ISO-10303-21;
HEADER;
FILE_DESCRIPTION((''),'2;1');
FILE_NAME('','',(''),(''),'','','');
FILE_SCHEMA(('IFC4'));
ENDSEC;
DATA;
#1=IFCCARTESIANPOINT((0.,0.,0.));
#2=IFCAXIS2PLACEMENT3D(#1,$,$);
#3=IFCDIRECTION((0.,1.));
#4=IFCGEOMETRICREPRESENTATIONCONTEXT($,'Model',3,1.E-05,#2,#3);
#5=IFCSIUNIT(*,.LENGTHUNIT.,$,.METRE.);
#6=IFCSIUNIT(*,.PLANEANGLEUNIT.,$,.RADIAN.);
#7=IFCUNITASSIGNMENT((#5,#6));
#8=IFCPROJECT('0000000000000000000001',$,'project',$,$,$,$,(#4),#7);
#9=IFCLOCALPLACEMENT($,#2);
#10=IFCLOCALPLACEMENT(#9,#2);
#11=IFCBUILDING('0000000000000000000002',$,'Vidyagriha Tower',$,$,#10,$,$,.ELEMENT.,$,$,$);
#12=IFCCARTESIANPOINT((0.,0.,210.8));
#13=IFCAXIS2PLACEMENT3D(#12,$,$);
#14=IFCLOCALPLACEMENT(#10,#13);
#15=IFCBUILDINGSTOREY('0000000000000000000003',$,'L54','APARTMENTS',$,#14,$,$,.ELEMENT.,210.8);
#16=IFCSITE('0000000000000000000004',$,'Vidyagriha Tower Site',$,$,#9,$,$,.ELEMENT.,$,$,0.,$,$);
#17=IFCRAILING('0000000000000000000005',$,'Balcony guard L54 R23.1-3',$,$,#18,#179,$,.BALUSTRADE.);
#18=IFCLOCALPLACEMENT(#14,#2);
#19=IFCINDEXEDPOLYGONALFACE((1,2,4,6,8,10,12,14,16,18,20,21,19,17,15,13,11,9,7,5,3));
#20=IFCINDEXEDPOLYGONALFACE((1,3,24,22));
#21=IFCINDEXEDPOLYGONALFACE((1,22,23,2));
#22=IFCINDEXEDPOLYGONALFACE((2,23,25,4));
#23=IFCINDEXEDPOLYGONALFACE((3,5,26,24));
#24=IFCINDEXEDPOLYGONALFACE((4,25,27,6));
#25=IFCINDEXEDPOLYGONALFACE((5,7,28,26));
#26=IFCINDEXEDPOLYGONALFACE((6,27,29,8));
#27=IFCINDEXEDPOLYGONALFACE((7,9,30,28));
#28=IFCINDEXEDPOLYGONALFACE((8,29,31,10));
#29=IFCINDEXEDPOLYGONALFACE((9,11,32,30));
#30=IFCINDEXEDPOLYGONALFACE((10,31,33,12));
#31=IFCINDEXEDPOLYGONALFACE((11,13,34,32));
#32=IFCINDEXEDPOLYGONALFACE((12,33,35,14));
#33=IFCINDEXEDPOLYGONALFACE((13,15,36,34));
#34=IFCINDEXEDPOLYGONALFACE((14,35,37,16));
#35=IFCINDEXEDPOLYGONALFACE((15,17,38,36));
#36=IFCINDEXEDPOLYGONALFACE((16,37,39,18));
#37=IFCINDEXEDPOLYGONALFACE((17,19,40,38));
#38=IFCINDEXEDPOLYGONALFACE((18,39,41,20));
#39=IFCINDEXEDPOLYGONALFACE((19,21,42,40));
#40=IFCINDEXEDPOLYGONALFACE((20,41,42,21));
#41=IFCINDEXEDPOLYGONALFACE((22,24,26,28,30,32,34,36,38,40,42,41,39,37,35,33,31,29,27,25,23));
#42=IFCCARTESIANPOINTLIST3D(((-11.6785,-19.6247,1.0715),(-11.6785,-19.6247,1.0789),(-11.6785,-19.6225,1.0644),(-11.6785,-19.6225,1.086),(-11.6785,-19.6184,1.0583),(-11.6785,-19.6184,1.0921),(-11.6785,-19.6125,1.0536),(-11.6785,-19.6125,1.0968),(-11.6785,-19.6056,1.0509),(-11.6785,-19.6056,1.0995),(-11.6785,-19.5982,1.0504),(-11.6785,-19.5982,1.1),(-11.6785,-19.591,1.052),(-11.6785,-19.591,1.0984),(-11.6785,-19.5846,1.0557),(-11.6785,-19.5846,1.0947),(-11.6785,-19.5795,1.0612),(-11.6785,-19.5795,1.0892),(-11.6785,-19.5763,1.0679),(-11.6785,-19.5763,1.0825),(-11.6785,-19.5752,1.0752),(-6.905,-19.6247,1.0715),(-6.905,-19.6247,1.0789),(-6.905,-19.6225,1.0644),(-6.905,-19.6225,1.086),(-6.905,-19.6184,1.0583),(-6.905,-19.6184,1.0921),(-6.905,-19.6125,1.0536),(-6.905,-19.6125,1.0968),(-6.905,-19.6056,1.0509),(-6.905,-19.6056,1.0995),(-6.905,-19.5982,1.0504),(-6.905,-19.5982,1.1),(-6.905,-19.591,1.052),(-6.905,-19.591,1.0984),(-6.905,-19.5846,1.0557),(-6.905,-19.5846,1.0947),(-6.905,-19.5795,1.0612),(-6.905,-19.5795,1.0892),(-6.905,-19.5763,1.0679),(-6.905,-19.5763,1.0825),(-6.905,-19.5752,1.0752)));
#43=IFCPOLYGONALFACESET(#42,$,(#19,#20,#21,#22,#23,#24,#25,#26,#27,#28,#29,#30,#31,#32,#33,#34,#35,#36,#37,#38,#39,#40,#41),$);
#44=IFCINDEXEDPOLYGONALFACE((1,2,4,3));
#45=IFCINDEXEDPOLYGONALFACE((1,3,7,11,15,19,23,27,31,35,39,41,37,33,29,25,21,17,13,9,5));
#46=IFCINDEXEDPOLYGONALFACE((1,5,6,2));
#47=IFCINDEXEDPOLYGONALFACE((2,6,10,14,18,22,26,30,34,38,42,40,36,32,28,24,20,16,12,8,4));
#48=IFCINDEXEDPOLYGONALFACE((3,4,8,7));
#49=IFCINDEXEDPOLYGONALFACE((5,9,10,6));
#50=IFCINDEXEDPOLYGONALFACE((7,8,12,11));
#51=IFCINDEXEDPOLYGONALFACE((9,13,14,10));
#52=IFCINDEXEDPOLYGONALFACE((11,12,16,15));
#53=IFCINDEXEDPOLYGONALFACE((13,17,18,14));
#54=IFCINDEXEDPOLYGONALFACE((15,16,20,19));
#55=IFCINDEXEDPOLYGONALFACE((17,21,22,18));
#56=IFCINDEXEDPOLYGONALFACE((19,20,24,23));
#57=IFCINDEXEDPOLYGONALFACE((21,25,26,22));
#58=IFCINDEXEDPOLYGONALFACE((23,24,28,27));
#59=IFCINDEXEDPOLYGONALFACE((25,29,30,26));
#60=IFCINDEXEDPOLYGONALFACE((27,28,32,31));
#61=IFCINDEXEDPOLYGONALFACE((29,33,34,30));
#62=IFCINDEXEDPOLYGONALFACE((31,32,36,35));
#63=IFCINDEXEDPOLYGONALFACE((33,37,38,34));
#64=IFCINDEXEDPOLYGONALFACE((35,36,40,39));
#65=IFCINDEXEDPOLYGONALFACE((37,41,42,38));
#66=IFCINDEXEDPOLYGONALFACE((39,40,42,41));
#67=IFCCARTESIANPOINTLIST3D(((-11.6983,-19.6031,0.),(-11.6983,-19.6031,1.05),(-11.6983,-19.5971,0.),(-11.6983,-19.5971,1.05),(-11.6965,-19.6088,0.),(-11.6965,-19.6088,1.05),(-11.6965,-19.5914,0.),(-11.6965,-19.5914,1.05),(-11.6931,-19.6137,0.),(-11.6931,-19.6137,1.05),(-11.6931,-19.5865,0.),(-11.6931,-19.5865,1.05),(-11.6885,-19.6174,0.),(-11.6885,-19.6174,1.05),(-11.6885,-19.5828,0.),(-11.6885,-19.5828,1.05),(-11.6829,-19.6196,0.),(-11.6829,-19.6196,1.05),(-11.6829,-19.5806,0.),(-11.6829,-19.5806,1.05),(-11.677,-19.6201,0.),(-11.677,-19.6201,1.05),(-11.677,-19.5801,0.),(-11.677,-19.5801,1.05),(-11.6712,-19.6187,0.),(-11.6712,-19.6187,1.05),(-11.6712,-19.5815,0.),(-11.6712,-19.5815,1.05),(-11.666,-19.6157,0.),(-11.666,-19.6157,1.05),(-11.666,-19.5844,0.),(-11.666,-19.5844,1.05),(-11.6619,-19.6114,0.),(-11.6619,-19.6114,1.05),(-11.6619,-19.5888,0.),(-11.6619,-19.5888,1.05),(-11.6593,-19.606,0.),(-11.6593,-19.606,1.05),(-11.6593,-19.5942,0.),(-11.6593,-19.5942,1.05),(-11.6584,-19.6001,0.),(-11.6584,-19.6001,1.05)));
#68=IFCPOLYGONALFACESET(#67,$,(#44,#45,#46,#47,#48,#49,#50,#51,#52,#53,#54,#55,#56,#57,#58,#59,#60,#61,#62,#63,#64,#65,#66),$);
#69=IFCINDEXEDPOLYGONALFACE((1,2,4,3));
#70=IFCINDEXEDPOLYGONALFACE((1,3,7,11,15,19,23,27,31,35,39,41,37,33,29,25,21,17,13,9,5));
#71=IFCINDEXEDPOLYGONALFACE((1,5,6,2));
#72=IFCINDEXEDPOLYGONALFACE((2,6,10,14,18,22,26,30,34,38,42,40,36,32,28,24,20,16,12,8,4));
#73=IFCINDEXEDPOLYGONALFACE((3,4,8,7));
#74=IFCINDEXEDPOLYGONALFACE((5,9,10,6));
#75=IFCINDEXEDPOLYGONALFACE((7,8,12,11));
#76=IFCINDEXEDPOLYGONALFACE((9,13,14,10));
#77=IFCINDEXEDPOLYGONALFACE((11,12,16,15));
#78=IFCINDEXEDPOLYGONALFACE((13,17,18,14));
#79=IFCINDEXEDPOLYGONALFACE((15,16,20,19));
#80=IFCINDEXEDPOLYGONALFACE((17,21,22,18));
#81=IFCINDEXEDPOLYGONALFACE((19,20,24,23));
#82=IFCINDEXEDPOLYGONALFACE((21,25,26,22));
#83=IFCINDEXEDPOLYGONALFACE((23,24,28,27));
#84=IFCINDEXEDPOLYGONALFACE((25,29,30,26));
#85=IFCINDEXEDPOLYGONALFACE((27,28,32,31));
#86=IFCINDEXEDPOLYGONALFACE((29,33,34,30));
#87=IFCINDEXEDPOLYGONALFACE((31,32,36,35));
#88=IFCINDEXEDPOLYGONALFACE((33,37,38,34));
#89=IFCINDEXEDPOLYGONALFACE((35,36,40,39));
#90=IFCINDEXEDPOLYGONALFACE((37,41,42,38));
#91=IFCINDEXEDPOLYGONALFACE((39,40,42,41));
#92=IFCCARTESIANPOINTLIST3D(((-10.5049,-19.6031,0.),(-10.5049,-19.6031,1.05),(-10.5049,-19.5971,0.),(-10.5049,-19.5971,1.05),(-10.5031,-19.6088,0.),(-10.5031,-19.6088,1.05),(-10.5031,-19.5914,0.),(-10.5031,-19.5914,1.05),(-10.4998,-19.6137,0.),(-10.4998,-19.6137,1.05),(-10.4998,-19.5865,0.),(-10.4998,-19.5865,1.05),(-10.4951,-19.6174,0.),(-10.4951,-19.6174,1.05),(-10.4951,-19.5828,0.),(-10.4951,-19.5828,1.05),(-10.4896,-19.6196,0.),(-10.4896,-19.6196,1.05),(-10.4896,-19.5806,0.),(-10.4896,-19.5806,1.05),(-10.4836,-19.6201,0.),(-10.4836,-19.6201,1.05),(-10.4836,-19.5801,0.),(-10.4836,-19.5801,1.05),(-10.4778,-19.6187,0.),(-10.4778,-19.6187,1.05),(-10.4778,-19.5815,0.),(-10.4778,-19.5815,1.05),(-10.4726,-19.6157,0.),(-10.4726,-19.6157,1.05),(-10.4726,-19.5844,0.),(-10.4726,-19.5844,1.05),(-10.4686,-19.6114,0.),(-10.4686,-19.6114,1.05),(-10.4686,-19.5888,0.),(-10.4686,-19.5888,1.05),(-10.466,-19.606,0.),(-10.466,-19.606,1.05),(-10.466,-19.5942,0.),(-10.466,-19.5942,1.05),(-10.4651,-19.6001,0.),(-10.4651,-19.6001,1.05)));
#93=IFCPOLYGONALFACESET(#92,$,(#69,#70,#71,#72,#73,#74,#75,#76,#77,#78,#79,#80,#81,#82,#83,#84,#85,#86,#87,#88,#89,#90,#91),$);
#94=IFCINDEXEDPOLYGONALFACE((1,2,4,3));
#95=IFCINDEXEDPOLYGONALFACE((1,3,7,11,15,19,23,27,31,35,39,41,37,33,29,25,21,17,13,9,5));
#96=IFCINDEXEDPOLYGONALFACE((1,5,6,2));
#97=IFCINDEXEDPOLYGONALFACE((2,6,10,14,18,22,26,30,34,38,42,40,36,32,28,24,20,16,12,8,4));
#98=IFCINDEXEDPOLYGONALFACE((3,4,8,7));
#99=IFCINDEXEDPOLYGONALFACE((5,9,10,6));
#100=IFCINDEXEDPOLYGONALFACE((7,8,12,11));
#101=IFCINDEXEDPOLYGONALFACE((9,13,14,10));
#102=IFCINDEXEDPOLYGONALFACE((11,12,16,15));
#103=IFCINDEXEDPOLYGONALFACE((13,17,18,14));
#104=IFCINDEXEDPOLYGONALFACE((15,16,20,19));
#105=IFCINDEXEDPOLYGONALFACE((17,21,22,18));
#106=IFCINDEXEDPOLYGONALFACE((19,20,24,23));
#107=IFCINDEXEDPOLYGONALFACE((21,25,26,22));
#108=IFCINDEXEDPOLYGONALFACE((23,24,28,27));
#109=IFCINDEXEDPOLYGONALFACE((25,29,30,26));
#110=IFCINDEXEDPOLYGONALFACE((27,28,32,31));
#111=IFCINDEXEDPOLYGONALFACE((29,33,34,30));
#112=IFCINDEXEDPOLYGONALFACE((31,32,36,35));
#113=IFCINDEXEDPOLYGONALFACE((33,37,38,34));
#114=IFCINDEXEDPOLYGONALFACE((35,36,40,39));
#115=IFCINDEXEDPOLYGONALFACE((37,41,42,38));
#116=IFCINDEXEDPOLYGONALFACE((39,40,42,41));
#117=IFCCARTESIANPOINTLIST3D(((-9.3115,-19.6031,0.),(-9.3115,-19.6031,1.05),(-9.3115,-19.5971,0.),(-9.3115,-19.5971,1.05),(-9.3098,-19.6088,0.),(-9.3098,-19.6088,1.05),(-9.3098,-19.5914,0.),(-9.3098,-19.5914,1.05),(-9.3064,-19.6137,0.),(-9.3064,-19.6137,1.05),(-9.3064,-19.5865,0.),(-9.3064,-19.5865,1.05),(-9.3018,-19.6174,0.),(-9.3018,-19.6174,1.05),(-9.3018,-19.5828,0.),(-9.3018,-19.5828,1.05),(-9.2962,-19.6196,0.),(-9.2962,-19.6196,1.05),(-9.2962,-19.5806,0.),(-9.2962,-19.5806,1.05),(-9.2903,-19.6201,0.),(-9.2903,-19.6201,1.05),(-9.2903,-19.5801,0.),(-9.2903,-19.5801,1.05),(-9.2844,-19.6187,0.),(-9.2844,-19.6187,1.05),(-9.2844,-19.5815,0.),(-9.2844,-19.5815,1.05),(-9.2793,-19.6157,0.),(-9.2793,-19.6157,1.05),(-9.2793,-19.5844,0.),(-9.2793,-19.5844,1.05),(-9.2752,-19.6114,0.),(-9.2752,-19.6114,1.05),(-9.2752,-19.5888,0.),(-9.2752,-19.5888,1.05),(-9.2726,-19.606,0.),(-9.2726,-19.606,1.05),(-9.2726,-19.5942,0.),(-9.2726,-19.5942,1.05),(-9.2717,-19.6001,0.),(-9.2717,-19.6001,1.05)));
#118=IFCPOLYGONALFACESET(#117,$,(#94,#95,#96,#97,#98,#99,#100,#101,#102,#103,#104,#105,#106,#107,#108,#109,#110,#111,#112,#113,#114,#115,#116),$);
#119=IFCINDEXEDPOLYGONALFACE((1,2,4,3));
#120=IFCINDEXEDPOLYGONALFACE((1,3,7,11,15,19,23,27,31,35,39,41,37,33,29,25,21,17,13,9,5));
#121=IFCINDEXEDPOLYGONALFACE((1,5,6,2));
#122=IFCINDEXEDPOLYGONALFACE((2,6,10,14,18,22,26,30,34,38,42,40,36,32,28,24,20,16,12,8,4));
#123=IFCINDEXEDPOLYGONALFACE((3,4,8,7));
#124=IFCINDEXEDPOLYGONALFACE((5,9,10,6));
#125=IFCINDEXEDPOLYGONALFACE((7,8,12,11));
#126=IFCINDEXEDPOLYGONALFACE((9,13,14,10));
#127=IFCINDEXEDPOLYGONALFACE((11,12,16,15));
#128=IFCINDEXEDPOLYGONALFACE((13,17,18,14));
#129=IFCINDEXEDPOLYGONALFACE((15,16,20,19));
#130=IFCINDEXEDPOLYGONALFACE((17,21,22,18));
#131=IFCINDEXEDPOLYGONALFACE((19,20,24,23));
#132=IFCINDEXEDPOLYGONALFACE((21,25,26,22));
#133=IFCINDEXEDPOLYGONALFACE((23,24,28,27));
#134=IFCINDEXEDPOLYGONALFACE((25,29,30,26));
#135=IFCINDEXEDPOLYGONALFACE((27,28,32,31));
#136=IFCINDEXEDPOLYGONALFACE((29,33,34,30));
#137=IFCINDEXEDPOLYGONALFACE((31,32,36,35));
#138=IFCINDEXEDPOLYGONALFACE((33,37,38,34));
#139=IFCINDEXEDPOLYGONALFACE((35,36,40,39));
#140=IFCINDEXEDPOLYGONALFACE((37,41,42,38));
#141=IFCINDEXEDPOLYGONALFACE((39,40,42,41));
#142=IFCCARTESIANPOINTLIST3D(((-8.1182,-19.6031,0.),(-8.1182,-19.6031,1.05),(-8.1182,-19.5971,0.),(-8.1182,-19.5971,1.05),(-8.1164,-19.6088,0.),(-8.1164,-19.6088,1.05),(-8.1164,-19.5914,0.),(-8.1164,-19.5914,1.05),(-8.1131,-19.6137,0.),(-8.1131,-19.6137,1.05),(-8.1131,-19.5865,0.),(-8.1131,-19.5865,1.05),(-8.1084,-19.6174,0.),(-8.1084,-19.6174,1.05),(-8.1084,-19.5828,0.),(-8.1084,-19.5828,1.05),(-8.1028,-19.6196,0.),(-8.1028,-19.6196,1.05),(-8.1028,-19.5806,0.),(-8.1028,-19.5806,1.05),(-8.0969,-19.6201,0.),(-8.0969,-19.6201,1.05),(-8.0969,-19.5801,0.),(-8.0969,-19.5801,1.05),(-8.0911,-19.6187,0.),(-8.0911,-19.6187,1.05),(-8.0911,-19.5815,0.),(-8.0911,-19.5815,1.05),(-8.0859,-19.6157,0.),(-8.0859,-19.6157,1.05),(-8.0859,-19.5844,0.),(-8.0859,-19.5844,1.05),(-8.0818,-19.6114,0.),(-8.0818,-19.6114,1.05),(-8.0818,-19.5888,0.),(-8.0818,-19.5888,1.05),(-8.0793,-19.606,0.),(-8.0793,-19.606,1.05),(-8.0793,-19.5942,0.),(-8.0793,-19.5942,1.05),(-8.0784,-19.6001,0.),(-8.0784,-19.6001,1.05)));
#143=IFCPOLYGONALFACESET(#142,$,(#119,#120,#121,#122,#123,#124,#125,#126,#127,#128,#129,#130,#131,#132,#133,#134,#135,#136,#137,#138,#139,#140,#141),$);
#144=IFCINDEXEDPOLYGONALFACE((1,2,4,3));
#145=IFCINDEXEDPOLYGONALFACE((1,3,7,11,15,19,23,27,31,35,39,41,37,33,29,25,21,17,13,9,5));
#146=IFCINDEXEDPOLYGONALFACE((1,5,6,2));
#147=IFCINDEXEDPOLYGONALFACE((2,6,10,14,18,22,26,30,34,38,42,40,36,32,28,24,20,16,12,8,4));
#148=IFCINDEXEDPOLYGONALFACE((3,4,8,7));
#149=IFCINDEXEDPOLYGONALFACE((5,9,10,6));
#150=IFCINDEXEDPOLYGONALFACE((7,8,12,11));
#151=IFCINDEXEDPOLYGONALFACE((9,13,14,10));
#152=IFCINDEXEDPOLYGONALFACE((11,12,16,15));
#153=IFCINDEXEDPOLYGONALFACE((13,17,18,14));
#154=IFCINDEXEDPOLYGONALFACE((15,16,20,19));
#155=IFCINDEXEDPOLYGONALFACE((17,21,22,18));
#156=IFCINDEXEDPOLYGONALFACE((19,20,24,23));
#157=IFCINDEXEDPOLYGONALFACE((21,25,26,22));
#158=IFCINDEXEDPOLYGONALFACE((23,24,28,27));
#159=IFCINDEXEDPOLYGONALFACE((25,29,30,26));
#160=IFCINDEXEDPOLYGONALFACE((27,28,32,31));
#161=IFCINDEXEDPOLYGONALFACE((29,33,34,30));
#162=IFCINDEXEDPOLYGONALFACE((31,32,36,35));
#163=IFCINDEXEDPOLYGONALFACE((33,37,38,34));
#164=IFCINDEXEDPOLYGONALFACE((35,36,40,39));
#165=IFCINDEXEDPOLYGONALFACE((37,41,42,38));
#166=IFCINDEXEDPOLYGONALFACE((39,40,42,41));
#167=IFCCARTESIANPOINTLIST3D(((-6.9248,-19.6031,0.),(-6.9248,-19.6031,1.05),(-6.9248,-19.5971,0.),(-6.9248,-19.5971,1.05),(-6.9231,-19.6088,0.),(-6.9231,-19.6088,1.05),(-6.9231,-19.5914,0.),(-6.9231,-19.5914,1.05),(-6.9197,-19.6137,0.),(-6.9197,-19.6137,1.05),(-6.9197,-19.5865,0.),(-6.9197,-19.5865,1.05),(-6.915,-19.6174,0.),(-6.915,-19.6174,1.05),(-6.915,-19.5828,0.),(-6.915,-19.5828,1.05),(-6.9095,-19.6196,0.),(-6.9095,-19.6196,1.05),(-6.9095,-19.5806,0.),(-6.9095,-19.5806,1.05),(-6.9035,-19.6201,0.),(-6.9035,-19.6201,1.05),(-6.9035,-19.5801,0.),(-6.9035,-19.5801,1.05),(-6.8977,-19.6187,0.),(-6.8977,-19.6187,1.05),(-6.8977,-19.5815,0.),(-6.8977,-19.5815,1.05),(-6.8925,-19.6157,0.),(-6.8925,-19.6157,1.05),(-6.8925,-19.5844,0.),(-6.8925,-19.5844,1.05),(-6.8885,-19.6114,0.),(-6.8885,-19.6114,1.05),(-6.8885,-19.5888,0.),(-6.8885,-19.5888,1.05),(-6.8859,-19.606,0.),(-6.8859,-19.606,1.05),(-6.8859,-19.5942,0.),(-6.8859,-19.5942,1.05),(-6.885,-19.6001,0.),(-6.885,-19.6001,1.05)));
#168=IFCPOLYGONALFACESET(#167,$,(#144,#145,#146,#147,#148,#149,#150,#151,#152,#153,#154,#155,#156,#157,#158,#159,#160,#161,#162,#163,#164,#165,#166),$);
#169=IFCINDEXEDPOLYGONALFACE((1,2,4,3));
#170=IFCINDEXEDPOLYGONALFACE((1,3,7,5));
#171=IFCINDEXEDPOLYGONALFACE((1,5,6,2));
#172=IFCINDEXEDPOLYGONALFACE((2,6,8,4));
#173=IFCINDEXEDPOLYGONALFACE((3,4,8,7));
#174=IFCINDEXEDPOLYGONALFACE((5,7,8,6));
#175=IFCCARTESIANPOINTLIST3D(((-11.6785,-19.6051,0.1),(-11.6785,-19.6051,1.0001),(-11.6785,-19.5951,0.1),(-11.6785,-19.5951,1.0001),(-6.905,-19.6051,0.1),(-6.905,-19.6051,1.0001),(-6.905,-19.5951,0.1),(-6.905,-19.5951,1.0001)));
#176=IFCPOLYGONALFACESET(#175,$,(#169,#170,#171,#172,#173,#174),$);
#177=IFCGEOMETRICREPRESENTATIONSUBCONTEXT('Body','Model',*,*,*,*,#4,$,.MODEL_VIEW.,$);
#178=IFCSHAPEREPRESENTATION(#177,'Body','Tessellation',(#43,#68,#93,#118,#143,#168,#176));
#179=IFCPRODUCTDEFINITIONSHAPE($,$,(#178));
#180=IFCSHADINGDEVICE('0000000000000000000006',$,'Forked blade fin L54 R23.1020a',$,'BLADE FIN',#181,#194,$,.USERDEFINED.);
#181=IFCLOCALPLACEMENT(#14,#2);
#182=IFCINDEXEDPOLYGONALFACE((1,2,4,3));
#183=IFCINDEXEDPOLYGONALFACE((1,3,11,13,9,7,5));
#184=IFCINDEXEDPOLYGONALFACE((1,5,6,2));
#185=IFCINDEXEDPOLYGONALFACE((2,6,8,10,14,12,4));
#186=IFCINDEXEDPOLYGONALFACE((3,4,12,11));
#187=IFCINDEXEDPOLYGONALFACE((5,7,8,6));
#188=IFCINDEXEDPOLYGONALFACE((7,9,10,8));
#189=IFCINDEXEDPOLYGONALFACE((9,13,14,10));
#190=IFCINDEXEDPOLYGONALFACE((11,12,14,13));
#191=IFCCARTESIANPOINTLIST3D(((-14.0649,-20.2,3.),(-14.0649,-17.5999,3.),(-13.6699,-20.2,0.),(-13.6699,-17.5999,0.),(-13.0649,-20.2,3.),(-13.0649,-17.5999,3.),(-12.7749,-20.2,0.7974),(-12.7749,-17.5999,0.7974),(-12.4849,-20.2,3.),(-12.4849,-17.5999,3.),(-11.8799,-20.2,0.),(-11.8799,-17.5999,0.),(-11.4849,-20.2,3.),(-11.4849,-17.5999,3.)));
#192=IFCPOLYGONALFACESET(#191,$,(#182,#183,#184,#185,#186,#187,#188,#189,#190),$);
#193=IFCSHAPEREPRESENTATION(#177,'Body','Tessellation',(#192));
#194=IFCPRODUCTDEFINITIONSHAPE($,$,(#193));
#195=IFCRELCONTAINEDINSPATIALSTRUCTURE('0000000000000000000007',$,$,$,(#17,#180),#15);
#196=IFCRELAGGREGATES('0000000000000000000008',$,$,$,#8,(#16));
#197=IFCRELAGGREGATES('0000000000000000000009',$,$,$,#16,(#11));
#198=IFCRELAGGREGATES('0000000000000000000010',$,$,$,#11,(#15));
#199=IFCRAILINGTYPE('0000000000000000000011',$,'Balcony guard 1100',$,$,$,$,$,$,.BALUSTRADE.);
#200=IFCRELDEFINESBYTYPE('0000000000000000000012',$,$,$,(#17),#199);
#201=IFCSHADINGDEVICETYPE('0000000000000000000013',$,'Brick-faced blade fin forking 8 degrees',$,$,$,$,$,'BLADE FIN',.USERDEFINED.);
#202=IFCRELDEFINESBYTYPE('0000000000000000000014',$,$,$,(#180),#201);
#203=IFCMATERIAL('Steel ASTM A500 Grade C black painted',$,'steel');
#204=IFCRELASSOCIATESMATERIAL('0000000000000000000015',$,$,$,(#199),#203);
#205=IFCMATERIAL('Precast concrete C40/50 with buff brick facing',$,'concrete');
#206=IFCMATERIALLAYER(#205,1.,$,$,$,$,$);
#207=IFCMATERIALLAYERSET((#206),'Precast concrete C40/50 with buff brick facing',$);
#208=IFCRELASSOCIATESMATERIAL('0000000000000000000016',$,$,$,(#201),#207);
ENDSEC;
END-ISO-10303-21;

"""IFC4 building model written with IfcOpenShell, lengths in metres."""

from ifc_helpers import new_model, si_unit, direction, frame, origin, origin_2d, place, context, subcontext, project, spatial, polyline, rectangle, circle, outline, extrude, material, layer, layer_set, type_object, element, save


model = new_model("IFC4")

# Units and contexts
model_context = context("Model", 3, precision=1e-05, world=origin(), true_north=direction((0.0, 1.0)))
body_context = subcontext(model_context, "Body", "Model", "MODEL_VIEW")
ifc_project = project(units=[si_unit("LENGTHUNIT", "METRE"), si_unit("PLANEANGLEUNIT", "RADIAN")], contexts=[model_context])

# Site, building, storey
site_placement = place(None, origin())
site = spatial("IfcSite", under=ifc_project, at=site_placement, Name="Vidyagriha Tower Site", CompositionType="ELEMENT", RefElevation=0.0)
building_placement = place(site_placement, origin())
building = spatial("IfcBuilding", under=site, at=building_placement, Name="Vidyagriha Tower", CompositionType="ELEMENT")
storey_placement = place(building_placement, frame((0.0, 0.0, 210.8)))
storey = spatial("IfcBuildingStorey", under=building, at=storey_placement, Name="L54", Description="APARTMENTS", CompositionType="ELEMENT", Elevation=210.8)

# Railing
ifc_material_1 = material(Name="Steel ASTM A500 Grade C black painted", Category="steel")
railing_type = type_object("IfcRailingType", Name="Balcony guard 1100", PredefinedType="BALUSTRADE", material=ifc_material_1)
railing_1_placement = place(storey_placement, frame((-11.6785, -19.6001, 0.0)))
element("IfcRailing", 1, at=railing_1_placement, inside=storey, type_object=railing_type, Name="Balcony guard L54 R23.1-3", PredefinedType="BALUSTRADE", context=body_context, shape_type="SweptSolid", body=[
    extrude(circle(Radius=0.0249, at=origin_2d()), frame((0.0, 0.0, 1.0752), z_axis=(1.0, 0.0, 0.0), x_axis=(0.0, 1.0, 0.0)), (0.0, 0.0, 1.0), 4.7734),
    extrude(circle(Radius=0.02, at=origin_2d()), origin(), (0.0, 0.0, 1.0), 1.05),
    extrude(circle(Radius=0.02, at=origin_2d()), frame((1.1934, 0.0, 0.0)), (0.0, 0.0, 1.0), 1.05),
    extrude(circle(Radius=0.02, at=origin_2d()), frame((2.3867, 0.0, 0.0)), (0.0, 0.0, 1.0), 1.05),
    extrude(circle(Radius=0.02, at=origin_2d()), frame((3.5801, 0.0, 0.0)), (0.0, 0.0, 1.0), 1.05),
    extrude(circle(Radius=0.02, at=origin_2d()), frame((4.7734, 0.0, 0.0)), (0.0, 0.0, 1.0), 1.05),
    extrude(rectangle(XDim=0.01, YDim=0.9001, at=origin_2d()), frame((0.0, 0.0, 0.55), z_axis=(1.0, 0.0, 0.0), x_axis=(0.0, 1.0, 0.0)), (0.0, 0.0, 1.0), 4.7734),
])

# Shading device
ifc_material_2 = material(Name="Precast concrete C40/50 with buff brick facing", Category="concrete")
ifc_layer_1 = layer(ifc_material_2, 1.0)
ifc_layer_set_1 = layer_set([ifc_layer_1], Name="Precast concrete C40/50 with buff brick facing")
shading_device_type = type_object("IfcShadingDeviceType", Name="Brick-faced blade fin forking 8 degrees", ElementType="BLADE FIN", PredefinedType="USERDEFINED", material=ifc_layer_set_1)
shading_device_placement = place(storey_placement, frame((-14.0649, -18.8999, 0.0)))
element("IfcShadingDevice", 2, at=shading_device_placement, inside=storey, type_object=shading_device_type, Name="Forked blade fin L54 R23.1020a", ObjectType="BLADE FIN", PredefinedType="USERDEFINED", context=body_context, shape_type="SweptSolid", body=[
    extrude(outline(polyline([(0.395, 0.0), (2.1851, 0.0), (2.5801, 3.0), (1.5801, 3.0), (1.29, 0.7974), (1.0, 3.0), (0.0, 3.0), (0.395, 0.0)])), frame((0.0, 1.3, 0.0), z_axis=(0.0, -1.0, 0.0), x_axis=(1.0, 0.0, 0.0)), (0.0, 0.0, 1.0), 2.6001),
])

save(model, "model.ifc")
